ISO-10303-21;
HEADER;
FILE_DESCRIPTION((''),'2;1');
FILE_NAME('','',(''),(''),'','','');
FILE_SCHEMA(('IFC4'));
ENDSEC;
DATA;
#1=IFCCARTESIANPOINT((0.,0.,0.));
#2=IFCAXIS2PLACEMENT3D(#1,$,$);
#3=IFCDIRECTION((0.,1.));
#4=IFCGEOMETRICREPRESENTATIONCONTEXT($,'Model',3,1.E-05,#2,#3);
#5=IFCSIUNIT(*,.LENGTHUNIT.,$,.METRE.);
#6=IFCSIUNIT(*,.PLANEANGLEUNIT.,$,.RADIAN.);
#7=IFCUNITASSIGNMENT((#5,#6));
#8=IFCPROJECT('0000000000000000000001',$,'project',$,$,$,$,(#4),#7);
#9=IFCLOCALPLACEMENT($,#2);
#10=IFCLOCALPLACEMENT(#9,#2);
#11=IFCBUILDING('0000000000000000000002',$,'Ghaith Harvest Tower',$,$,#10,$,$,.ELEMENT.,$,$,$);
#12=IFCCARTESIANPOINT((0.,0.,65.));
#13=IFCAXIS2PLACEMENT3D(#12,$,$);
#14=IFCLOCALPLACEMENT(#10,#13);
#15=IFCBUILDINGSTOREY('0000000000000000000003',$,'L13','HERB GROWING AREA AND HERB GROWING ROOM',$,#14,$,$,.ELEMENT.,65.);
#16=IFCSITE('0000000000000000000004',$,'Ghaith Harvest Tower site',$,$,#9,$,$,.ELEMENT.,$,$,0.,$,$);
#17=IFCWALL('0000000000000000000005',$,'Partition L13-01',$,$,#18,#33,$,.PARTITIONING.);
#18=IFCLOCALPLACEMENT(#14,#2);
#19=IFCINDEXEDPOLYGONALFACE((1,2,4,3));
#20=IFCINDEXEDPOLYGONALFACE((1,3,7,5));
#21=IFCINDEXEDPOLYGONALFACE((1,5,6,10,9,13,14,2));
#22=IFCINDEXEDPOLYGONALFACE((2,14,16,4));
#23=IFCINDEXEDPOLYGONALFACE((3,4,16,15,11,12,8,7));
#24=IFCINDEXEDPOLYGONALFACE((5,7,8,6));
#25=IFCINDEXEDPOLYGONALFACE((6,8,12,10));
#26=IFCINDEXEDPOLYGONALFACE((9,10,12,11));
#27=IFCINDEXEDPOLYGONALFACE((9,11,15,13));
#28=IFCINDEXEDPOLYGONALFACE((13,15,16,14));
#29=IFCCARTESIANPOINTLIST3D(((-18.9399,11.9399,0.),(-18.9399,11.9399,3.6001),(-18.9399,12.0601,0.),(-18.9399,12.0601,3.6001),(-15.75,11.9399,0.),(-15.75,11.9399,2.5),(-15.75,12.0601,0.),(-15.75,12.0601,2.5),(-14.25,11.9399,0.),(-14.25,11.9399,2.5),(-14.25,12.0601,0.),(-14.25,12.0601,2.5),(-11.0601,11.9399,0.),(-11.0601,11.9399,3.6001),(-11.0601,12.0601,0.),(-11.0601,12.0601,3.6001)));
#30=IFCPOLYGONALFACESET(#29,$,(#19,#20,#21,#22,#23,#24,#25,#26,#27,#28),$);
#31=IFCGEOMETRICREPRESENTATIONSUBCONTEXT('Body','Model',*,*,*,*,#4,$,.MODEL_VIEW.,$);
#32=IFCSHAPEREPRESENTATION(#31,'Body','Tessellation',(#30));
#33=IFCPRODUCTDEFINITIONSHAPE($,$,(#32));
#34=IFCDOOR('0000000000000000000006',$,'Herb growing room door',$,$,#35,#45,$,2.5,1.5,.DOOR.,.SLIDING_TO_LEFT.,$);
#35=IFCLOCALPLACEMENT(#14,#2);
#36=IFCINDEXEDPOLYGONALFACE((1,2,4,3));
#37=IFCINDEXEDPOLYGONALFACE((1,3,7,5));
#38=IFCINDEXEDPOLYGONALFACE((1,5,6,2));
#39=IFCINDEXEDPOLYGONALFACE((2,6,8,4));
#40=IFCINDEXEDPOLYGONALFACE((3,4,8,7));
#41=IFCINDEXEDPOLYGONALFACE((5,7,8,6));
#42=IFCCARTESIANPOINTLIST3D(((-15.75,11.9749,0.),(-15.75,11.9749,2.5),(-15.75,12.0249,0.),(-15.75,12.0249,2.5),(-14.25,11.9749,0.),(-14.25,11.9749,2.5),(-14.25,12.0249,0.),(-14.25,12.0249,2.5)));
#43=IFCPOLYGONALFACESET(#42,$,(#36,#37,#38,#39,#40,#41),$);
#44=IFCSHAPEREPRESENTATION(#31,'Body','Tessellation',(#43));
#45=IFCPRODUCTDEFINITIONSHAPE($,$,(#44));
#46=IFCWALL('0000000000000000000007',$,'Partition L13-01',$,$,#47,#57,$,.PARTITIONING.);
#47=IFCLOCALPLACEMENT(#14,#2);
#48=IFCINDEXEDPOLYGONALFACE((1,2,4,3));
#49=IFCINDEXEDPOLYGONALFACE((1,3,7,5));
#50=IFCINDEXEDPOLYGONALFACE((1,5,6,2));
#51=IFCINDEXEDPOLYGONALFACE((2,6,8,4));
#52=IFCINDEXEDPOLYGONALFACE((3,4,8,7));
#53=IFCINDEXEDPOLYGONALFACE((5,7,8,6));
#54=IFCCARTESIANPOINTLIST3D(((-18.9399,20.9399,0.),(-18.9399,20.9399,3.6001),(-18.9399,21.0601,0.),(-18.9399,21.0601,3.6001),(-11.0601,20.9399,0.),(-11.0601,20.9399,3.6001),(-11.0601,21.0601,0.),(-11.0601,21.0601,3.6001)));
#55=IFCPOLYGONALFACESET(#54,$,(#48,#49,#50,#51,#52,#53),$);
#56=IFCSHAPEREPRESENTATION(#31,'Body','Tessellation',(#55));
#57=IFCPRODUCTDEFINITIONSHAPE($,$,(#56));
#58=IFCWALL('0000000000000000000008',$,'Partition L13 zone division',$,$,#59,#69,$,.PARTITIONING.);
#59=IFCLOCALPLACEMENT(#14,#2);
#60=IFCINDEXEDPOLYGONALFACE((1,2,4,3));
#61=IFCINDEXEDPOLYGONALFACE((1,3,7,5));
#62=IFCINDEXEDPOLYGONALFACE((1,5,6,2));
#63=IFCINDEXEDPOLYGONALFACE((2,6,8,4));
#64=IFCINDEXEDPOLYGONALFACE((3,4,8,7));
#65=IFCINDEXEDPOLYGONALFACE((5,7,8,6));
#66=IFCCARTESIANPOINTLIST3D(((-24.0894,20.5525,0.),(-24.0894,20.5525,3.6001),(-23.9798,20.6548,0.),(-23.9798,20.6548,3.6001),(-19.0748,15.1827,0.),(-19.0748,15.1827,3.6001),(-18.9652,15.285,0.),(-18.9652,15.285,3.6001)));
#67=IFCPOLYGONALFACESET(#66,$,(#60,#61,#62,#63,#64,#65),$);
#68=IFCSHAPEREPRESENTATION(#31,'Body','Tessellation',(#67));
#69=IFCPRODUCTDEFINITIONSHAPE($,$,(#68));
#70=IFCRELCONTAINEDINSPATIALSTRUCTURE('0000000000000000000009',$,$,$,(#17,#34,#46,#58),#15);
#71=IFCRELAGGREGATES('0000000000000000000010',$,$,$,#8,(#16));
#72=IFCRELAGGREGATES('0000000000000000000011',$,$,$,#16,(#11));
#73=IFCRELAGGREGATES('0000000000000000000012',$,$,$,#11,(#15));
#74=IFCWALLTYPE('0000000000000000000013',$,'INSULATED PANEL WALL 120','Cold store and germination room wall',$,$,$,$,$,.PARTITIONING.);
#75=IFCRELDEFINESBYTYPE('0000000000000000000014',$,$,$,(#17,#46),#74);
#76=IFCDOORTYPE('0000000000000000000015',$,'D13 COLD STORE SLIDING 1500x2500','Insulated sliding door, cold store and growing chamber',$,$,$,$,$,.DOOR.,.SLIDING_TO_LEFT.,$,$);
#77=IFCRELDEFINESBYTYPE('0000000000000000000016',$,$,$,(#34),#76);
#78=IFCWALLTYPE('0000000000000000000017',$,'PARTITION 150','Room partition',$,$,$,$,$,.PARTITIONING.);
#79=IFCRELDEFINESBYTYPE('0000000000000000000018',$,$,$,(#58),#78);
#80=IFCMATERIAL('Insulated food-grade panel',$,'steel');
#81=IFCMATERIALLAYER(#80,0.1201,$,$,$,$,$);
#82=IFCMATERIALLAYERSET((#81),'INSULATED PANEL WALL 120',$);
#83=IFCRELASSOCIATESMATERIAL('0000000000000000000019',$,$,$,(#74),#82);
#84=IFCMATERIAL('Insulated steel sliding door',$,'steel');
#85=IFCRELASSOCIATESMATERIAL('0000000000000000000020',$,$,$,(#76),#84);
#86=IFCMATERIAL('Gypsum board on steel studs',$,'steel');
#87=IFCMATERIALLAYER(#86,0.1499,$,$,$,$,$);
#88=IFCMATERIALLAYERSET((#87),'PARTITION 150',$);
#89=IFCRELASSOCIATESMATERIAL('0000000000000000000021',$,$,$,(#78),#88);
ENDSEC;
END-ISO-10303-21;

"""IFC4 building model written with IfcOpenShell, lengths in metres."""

from ifc_helpers import new_model, si_unit, direction, frame, frame_2d, origin, place, context, subcontext, project, spatial, rectangle, extrude, material, layer, layer_set, type_object, element, fill, save


model = new_model("IFC4")

# Units and contexts
model_context = context("Model", 3, precision=1e-05, world=origin(), true_north=direction((0.0, 1.0)))
body_context = subcontext(model_context, "Body", "Model", "MODEL_VIEW")
ifc_project = project(units=[si_unit("LENGTHUNIT", "METRE"), si_unit("PLANEANGLEUNIT", "RADIAN")], contexts=[model_context])

# Site, building, storey
site_placement = place(None, origin())
site = spatial("IfcSite", under=ifc_project, at=site_placement, Name="Ghaith Harvest Tower site", CompositionType="ELEMENT", RefElevation=0.0)
building_placement = place(site_placement, origin())
building = spatial("IfcBuilding", under=site, at=building_placement, Name="Ghaith Harvest Tower", CompositionType="ELEMENT")
storey_placement = place(building_placement, frame((0.0, 0.0, 65.0)))
storey = spatial("IfcBuildingStorey", under=building, at=storey_placement, Name="L13", Description="HERB GROWING AREA AND HERB GROWING ROOM", CompositionType="ELEMENT", Elevation=65.0)

# Shared definitions
ifc_material_1 = material(Name="Insulated food-grade panel", Category="steel")
ifc_layer_1 = layer(ifc_material_1, 0.1201)
ifc_layer_set_1 = layer_set([ifc_layer_1], Name="INSULATED PANEL WALL 120")
wall_type_1 = type_object("IfcWallType", Name="INSULATED PANEL WALL 120", Description="Cold store and germination room wall", PredefinedType="PARTITIONING", material=ifc_layer_set_1)

# Wall, opening, door
wall_1_placement = place(storey_placement, frame((-18.9399, 12.0, 0.0), z_axis=(0.0, 0.0, 1.0), x_axis=(1.0, 0.0, 0.0)))
wall_1 = element("IfcWall", 1, at=wall_1_placement, inside=storey, type_object=wall_type_1, Name="Partition L13-01", PredefinedType="PARTITIONING", context=body_context, shape_type="SweptSolid", body=[
    extrude(rectangle(XDim=7.8799, YDim=0.1201, at=frame_2d((3.9399, 0.0))), origin(), (0.0, 0.0, 1.0), 3.6001),
])
opening_placement = place(wall_1_placement, frame((3.1899, 0.0, 0.0)))
opening = element("IfcOpeningElement", 2, at=opening_placement, cuts=wall_1, PredefinedType="OPENING", context=body_context, shape_type="SweptSolid", body=[
    extrude(rectangle(XDim=1.5, YDim=2.5, at=frame_2d((0.75, 1.25))), frame((0.0, 0.0701, 0.0), z_axis=(0.0, -1.0, 0.0), x_axis=(1.0, 0.0, 0.0)), (0.0, 0.0, 1.0), 0.1401),
])
ifc_material_2 = material(Name="Insulated steel sliding door", Category="steel")
door_type = type_object("IfcDoorType", Name="D13 COLD STORE SLIDING 1500x2500", Description="Insulated sliding door, cold store and growing chamber", OperationType="SLIDING_TO_LEFT", PredefinedType="DOOR", material=ifc_material_2)
door_placement = place(opening_placement, origin())
door = element("IfcDoor", 3, at=door_placement, inside=storey, type_object=door_type, Name="Herb growing room door", OperationType="SLIDING_TO_LEFT", OverallHeight=2.5, OverallWidth=1.5, PredefinedType="DOOR", context=body_context, shape_type="SweptSolid", body=[
    extrude(rectangle(XDim=1.5, YDim=2.5, at=frame_2d((0.75, 1.25))), frame((0.0, 0.0249, 0.0), z_axis=(0.0, -1.0, 0.0), x_axis=(1.0, 0.0, 0.0)), (0.0, 0.0, 1.0), 0.05),
])
fill(opening, door)

# Walls
wall_2_placement = place(storey_placement, frame((-18.9399, 21.0, 0.0), z_axis=(0.0, 0.0, 1.0), x_axis=(1.0, 0.0, 0.0)))
element("IfcWall", 4, at=wall_2_placement, inside=storey, type_object=wall_type_1, Name="Partition L13-01", PredefinedType="PARTITIONING", context=body_context, shape_type="SweptSolid", body=[
    extrude(rectangle(XDim=7.8799, YDim=0.1201, at=frame_2d((3.9399, 0.0))), origin(), (0.0, 0.0, 1.0), 3.6001),
])
ifc_material_3 = material(Name="Gypsum board on steel studs", Category="steel")
ifc_layer_2 = layer(ifc_material_3, 0.1499)
ifc_layer_set_2 = layer_set([ifc_layer_2], Name="PARTITION 150")
wall_type_2 = type_object("IfcWallType", Name="PARTITION 150", Description="Room partition", PredefinedType="PARTITIONING", material=ifc_layer_set_2)
wall_3_placement = place(storey_placement, frame((-19.02, 15.2339, 0.0), z_axis=(0.0, 0.0, 1.0), x_axis=(-0.682519, 0.730867, 0.0)))
element("IfcWall", 5, at=wall_3_placement, inside=storey, type_object=wall_type_2, Name="Partition L13 zone division", PredefinedType="PARTITIONING", context=body_context, shape_type="SweptSolid", body=[
    extrude(rectangle(XDim=7.3472, YDim=0.1499, at=frame_2d((3.6736, 0.0))), origin(), (0.0, 0.0, 1.0), 3.6001),
])

save(model, "model.ifc")
